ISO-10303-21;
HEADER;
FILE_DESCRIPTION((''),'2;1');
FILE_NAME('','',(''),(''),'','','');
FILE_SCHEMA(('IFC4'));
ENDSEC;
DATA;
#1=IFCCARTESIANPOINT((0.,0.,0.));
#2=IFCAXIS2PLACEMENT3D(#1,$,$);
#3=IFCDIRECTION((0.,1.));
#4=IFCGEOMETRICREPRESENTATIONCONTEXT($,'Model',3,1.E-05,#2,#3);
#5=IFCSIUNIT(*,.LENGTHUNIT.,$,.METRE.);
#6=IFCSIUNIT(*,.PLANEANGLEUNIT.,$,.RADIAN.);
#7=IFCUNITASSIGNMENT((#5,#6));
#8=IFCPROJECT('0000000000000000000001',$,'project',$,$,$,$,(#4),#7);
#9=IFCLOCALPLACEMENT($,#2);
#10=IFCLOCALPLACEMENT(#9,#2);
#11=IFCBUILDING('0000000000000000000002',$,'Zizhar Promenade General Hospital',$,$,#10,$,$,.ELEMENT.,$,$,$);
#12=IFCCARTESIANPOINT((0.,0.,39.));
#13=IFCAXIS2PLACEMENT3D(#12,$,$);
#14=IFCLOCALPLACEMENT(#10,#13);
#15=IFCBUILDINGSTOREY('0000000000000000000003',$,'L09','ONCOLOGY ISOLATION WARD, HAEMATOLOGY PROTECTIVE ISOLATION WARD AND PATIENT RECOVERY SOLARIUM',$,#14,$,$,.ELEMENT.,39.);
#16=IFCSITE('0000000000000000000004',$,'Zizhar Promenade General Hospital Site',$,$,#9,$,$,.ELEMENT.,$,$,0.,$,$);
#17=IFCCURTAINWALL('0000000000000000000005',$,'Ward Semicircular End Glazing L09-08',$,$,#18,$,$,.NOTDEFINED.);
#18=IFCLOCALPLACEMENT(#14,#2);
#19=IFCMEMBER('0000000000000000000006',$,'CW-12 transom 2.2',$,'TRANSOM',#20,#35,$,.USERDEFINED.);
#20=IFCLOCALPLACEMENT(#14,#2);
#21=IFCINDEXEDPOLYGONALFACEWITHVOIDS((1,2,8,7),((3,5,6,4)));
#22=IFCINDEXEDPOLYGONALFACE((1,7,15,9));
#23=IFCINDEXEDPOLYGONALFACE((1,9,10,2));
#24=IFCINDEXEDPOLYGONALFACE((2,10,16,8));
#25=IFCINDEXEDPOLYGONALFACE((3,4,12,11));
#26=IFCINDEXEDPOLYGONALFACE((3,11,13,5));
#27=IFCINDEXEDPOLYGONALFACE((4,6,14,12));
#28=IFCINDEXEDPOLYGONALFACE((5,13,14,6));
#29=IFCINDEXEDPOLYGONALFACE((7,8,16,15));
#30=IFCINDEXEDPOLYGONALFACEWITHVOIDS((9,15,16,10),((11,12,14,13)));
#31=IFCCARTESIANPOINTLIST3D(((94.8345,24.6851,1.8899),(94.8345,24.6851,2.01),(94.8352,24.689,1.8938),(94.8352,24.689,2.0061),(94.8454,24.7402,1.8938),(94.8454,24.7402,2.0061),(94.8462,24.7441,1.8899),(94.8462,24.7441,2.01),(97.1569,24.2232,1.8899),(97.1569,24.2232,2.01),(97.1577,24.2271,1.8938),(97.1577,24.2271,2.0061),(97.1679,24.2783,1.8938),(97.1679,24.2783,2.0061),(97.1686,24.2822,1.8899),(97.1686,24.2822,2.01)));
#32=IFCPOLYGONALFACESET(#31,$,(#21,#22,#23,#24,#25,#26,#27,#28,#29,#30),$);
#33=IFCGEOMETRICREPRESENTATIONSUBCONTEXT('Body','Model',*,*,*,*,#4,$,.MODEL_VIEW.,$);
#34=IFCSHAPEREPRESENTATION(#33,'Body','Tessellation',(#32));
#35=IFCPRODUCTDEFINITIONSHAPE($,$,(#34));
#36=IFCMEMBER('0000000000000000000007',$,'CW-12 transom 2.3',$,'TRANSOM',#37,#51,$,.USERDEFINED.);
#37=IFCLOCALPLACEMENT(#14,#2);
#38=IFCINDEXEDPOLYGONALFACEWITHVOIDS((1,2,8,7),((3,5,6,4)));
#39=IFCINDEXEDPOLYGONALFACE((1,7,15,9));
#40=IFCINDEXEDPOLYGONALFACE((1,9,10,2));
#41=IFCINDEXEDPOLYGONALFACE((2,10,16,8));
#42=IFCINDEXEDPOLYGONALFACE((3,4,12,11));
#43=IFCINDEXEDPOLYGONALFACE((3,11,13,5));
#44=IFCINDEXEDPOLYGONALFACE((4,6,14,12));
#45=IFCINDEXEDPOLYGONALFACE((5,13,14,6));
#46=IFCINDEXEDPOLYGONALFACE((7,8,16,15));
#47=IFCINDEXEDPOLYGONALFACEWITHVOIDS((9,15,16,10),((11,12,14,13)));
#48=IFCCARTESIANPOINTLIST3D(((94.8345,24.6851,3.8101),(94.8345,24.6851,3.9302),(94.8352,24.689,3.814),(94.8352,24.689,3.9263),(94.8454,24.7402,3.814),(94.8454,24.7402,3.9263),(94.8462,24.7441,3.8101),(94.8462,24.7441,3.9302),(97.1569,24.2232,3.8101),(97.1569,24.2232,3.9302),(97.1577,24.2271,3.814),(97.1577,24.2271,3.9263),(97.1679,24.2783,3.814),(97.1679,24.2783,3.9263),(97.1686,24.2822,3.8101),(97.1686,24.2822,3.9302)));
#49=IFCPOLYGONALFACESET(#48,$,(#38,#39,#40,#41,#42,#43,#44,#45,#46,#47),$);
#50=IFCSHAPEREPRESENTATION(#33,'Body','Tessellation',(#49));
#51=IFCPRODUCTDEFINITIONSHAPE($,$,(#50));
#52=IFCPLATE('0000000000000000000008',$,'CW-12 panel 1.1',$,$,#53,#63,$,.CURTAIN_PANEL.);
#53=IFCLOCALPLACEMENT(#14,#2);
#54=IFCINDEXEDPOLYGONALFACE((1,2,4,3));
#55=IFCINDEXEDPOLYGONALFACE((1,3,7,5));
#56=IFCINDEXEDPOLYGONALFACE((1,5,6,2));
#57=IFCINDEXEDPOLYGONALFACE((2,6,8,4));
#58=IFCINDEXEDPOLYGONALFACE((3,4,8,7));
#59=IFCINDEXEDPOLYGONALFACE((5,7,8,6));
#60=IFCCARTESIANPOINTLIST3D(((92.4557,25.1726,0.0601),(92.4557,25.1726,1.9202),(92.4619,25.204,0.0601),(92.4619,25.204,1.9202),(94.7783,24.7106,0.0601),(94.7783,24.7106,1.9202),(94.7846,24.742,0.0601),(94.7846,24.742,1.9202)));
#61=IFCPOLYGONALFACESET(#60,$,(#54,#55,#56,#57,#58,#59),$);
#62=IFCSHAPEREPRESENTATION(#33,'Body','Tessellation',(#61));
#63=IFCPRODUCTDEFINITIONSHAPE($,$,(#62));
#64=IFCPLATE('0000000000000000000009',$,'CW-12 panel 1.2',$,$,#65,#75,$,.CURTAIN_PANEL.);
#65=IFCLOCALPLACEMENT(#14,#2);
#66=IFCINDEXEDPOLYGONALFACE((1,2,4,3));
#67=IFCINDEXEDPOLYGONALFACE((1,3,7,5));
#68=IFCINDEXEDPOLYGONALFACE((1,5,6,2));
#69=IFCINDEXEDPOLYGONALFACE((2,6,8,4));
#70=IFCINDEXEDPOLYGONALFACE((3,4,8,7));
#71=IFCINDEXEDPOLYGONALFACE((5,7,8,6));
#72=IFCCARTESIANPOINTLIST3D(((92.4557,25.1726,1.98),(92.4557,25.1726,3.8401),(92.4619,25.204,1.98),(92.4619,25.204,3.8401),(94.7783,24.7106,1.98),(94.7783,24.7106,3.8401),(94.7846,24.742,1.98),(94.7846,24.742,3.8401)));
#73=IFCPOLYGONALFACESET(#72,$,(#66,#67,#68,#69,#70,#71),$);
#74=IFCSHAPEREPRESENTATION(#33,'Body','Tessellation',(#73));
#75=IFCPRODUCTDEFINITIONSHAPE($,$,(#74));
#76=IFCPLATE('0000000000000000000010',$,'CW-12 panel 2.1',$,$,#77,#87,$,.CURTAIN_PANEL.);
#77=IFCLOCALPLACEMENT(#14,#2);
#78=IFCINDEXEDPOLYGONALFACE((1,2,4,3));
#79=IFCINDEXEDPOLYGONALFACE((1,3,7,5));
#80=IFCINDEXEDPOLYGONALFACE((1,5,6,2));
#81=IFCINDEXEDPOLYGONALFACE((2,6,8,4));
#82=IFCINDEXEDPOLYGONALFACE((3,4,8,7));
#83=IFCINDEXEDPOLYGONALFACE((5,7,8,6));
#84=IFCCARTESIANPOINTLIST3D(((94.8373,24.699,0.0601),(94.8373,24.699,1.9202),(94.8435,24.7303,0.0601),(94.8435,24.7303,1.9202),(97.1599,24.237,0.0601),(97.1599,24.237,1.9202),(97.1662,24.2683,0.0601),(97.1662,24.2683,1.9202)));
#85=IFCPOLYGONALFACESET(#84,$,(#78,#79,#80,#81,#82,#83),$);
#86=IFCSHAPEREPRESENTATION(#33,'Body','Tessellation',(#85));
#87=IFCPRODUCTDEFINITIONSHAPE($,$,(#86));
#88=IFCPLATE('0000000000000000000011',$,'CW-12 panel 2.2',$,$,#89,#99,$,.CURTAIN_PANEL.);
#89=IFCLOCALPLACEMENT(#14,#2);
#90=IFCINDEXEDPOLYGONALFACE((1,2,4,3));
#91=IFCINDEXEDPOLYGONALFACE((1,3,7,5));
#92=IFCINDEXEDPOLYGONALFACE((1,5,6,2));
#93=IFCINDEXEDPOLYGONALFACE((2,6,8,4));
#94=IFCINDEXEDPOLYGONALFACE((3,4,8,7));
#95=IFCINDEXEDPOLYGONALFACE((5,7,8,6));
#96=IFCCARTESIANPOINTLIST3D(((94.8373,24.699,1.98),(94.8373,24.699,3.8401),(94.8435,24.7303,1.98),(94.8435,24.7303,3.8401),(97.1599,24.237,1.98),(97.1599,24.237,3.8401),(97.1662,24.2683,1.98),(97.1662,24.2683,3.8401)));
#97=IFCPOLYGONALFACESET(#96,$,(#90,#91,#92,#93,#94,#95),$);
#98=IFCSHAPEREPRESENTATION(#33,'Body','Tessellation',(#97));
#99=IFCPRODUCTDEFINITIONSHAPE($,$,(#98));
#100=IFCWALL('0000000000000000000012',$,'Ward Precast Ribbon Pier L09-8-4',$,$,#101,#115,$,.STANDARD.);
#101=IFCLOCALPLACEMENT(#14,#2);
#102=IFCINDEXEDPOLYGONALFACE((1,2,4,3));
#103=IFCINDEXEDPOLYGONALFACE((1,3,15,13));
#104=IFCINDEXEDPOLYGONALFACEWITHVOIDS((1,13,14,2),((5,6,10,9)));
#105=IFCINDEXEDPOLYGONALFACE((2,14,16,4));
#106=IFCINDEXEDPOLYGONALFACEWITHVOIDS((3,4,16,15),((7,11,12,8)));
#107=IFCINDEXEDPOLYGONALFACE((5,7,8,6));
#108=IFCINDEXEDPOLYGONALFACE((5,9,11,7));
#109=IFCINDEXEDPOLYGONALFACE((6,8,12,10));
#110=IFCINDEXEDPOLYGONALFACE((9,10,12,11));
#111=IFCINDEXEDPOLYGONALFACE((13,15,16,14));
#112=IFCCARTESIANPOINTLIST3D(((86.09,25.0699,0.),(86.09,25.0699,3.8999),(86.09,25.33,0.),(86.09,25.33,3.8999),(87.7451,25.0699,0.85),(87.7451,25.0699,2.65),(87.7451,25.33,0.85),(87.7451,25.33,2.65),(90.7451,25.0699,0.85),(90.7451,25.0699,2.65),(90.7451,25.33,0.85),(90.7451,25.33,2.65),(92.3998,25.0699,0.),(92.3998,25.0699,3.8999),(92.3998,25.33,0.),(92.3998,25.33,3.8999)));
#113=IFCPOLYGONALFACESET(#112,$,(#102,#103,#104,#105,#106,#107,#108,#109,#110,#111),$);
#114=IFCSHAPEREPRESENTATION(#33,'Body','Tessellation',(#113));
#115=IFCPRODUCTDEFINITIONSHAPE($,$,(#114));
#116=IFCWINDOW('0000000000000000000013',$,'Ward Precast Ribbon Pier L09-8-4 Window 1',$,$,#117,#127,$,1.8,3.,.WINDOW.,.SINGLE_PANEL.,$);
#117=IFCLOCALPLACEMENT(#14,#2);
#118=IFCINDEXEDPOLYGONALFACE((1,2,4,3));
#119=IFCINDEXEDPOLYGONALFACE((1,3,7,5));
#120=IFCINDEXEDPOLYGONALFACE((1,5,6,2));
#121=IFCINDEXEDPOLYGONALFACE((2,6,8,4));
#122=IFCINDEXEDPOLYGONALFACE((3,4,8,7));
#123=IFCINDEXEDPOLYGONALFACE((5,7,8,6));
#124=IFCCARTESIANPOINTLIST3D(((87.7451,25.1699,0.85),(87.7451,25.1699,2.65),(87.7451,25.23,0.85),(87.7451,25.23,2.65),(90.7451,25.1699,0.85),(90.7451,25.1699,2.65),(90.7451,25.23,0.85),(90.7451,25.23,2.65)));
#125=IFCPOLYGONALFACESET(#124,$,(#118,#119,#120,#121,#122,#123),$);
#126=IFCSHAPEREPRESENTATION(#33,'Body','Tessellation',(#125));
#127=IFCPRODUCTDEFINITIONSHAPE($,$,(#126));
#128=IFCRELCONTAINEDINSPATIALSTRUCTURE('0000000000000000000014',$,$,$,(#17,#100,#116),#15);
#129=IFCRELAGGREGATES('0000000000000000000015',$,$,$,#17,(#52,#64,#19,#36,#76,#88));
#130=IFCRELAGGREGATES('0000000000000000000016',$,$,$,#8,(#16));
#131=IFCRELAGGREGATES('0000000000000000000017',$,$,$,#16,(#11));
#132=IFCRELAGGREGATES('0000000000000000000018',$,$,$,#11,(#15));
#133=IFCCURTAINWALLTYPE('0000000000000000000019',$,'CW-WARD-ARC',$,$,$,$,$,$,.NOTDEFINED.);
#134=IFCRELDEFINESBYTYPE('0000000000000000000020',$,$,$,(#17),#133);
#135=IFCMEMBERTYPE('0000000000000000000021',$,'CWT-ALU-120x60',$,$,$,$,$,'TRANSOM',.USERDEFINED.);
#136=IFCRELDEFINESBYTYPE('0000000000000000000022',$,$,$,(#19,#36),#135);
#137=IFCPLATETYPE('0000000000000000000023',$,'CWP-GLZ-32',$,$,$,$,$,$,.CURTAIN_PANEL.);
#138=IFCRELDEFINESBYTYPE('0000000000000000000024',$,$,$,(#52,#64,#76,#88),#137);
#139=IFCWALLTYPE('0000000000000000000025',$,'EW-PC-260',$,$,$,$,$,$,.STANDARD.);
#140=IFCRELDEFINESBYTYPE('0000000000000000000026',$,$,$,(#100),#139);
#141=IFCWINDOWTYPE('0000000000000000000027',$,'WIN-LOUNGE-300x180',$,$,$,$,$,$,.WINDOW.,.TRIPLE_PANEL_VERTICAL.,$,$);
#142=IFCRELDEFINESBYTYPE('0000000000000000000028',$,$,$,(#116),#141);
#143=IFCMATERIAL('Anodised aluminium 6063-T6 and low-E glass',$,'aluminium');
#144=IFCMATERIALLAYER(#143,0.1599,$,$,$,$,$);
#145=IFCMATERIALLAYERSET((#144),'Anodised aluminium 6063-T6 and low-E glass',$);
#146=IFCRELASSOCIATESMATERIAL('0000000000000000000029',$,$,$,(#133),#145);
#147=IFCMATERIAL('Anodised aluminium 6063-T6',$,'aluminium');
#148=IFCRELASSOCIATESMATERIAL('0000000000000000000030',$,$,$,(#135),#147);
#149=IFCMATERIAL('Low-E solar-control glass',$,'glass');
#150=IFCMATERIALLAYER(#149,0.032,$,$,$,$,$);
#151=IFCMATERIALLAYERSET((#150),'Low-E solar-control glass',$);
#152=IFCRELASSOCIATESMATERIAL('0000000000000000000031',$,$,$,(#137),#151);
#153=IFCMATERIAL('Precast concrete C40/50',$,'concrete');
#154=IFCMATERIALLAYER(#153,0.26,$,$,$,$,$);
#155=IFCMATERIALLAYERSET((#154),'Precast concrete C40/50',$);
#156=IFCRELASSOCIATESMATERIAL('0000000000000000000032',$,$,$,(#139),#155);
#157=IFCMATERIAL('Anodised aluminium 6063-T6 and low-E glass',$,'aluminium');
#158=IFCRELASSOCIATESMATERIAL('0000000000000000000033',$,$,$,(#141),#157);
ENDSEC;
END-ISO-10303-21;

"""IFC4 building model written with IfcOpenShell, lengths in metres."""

from ifc_helpers import new_model, si_unit, direction, frame, frame_2d, origin, origin_2d, place, context, subcontext, project, spatial, rectangle, hollow_rectangle, extrude, material, layer, layer_set, material_profile, profile_set, type_object, element, fill, aggregate, save


model = new_model("IFC4")

# Units and contexts
model_context = context("Model", 3, precision=1e-05, world=origin(), true_north=direction((0.0, 1.0)))
body_context = subcontext(model_context, "Body", "Model", "MODEL_VIEW")
ifc_project = project(units=[si_unit("LENGTHUNIT", "METRE"), si_unit("PLANEANGLEUNIT", "RADIAN")], contexts=[model_context])

# Site, building, storey
site_placement = place(None, origin())
site = spatial("IfcSite", under=ifc_project, at=site_placement, Name="Zizhar Promenade General Hospital Site", CompositionType="ELEMENT", RefElevation=0.0)
building_placement = place(site_placement, origin())
building = spatial("IfcBuilding", under=site, at=building_placement, Name="Zizhar Promenade General Hospital", CompositionType="ELEMENT")
storey_placement = place(building_placement, frame((0.0, 0.0, 39.0)))
storey = spatial("IfcBuildingStorey", under=building, at=storey_placement, Name="L09", Description="ONCOLOGY ISOLATION WARD, HAEMATOLOGY PROTECTIVE ISOLATION WARD AND PATIENT RECOVERY SOLARIUM", CompositionType="ELEMENT", Elevation=39.0)

# Shared definitions
ifc_material_1 = material(Name="Anodised aluminium 6063-T6 and low-E glass", Category="aluminium")
ifc_layer_1 = layer(ifc_material_1, 0.1599)
ifc_layer_set_1 = layer_set([ifc_layer_1], Name="Anodised aluminium 6063-T6 and low-E glass")
curtain_wall_type = type_object("IfcCurtainWallType", Name="CW-WARD-ARC", PredefinedType="NOTDEFINED", material=ifc_layer_set_1)

# Curtain wall
curtain_wall_1_placement = place(storey_placement, origin())
curtain_wall_1 = element("IfcCurtainWall", 1, at=curtain_wall_1_placement, inside=storey, type_object=curtain_wall_type, Name="Ward Semicircular End Glazing L09-08", PredefinedType="NOTDEFINED")

# Members
ifc_material_2 = material(Name="Anodised aluminium 6063-T6", Category="aluminium")
ifc_material_profile_1 = material_profile(ifc_material_2, hollow_rectangle(XDim=0.0601, YDim=0.1201, WallThickness=0.0039, at=origin_2d()))
ifc_profile_set_1 = profile_set([ifc_material_profile_1], Name="Anodised aluminium 6063-T6")
member_type_1 = type_object("IfcMemberType", Name="CWT-ALU-120x60", ElementType="TRANSOM", PredefinedType="USERDEFINED", material=ifc_profile_set_1)
member_1_placement = place(storey_placement, frame((94.8403, 24.7146, 1.95), z_axis=(0.98079, -0.195065, 0.0), x_axis=(0.195065, 0.98079, 0.0)))
member_1 = element("IfcMember", 2, at=member_1_placement, type_object=member_type_1, Name="CW-12 transom 2.2", ObjectType="TRANSOM", PredefinedType="USERDEFINED", context=body_context, shape_type="SweptSolid", body=[
    extrude(hollow_rectangle(XDim=0.0601, YDim=0.1201, WallThickness=0.0039, at=origin_2d()), origin(), (0.0, 0.0, 1.0), 2.3679),
])
member_2_placement = place(storey_placement, frame((94.8403, 24.7146, 3.8701), z_axis=(0.98079, -0.195065, 0.0), x_axis=(0.195065, 0.98079, 0.0)))
member_2 = element("IfcMember", 3, at=member_2_placement, type_object=member_type_1, Name="CW-12 transom 2.3", ObjectType="TRANSOM", PredefinedType="USERDEFINED", context=body_context, shape_type="SweptSolid", body=[
    extrude(hollow_rectangle(XDim=0.0601, YDim=0.1201, WallThickness=0.0039, at=origin_2d()), origin(), (0.0, 0.0, 1.0), 2.3679),
])

# Plates
ifc_material_3 = material(Name="Low-E solar-control glass", Category="glass")
ifc_layer_2 = layer(ifc_material_3, 0.032)
ifc_layer_set_2 = layer_set([ifc_layer_2], Name="Low-E solar-control glass")
plate_type = type_object("IfcPlateType", Name="CWP-GLZ-32", PredefinedType="CURTAIN_PANEL", material=ifc_layer_set_2)
plate_1_placement = place(storey_placement, frame((93.6201, 24.9573, 0.0601), z_axis=(0.0, 0.0, 1.0), x_axis=(0.980786, -0.195087, 0.0)))
plate_1 = element("IfcPlate", 4, at=plate_1_placement, type_object=plate_type, Name="CW-12 panel 1.1", PredefinedType="CURTAIN_PANEL", context=body_context, shape_type="SweptSolid", body=[
    extrude(rectangle(XDim=2.3682, YDim=0.032, at=origin_2d()), origin(), (0.0, 0.0, 1.0), 1.8601),
])
plate_2_placement = place(storey_placement, frame((93.6201, 24.9573, 1.98), z_axis=(0.0, 0.0, 1.0), x_axis=(0.980786, -0.195087, 0.0)))
plate_2 = element("IfcPlate", 5, at=plate_2_placement, type_object=plate_type, Name="CW-12 panel 1.2", PredefinedType="CURTAIN_PANEL", context=body_context, shape_type="SweptSolid", body=[
    extrude(rectangle(XDim=2.3682, YDim=0.032, at=origin_2d()), origin(), (0.0, 0.0, 1.0), 1.8601),
])
plate_3_placement = place(storey_placement, frame((96.0017, 24.4836, 0.0601), z_axis=(0.0, 0.0, 1.0), x_axis=(0.980786, -0.195087, 0.0)))
plate_3 = element("IfcPlate", 6, at=plate_3_placement, type_object=plate_type, Name="CW-12 panel 2.1", PredefinedType="CURTAIN_PANEL", context=body_context, shape_type="SweptSolid", body=[
    extrude(rectangle(XDim=2.3682, YDim=0.032, at=origin_2d()), origin(), (0.0, 0.0, 1.0), 1.8601),
])
plate_4_placement = place(storey_placement, frame((96.0017, 24.4836, 1.98), z_axis=(0.0, 0.0, 1.0), x_axis=(0.980786, -0.195087, 0.0)))
plate_4 = element("IfcPlate", 7, at=plate_4_placement, type_object=plate_type, Name="CW-12 panel 2.2", PredefinedType="CURTAIN_PANEL", context=body_context, shape_type="SweptSolid", body=[
    extrude(rectangle(XDim=2.3682, YDim=0.032, at=origin_2d()), origin(), (0.0, 0.0, 1.0), 1.8601),
])
aggregate(curtain_wall_1, [plate_1, plate_2, member_1, member_2, plate_3, plate_4])

# Wall, opening, window
ifc_material_4 = material(Name="Precast concrete C40/50", Category="concrete")
ifc_layer_3 = layer(ifc_material_4, 0.26)
ifc_layer_set_3 = layer_set([ifc_layer_3], Name="Precast concrete C40/50")
wall_type = type_object("IfcWallType", Name="EW-PC-260", PredefinedType="STANDARD", material=ifc_layer_set_3)
wall_placement = place(storey_placement, frame((86.0901, 25.2, 0.0), z_axis=(0.0, 0.0, 1.0), x_axis=(1.0, 0.0, 0.0)))
wall = element("IfcWall", 8, at=wall_placement, inside=storey, type_object=wall_type, Name="Ward Precast Ribbon Pier L09-8-4", PredefinedType="STANDARD", context=body_context, shape_type="SweptSolid", body=[
    extrude(rectangle(XDim=6.3098, YDim=0.26, at=frame_2d((3.1548, 0.0))), origin(), (0.0, 0.0, 1.0), 3.8999),
])
opening_placement = place(wall_placement, frame((1.655, 0.0, 0.8501)))
opening = element("IfcOpeningElement", 9, at=opening_placement, cuts=wall, PredefinedType="OPENING", context=body_context, shape_type="SweptSolid", body=[
    extrude(rectangle(XDim=3.0, YDim=1.8, at=frame_2d((1.5, 0.8999))), frame((0.0, 0.1401, 0.0), z_axis=(0.0, -1.0, 0.0), x_axis=(1.0, 0.0, 0.0)), (0.0, 0.0, 1.0), 0.28),
])
ifc_material_5 = material(Name="Anodised aluminium 6063-T6 and low-E glass", Category="aluminium")
window_type = type_object("IfcWindowType", Name="WIN-LOUNGE-300x180", PartitioningType="TRIPLE_PANEL_VERTICAL", PredefinedType="WINDOW", material=ifc_material_5)
window_placement = place(opening_placement, origin())
window = element("IfcWindow", 10, at=window_placement, inside=storey, type_object=window_type, Name="Ward Precast Ribbon Pier L09-8-4 Window 1", OverallHeight=1.8, OverallWidth=3.0, PartitioningType="SINGLE_PANEL", PredefinedType="WINDOW", context=body_context, shape_type="SweptSolid", body=[
    extrude(rectangle(XDim=3.0, YDim=1.8, at=frame_2d((1.5, 0.8999))), frame((0.0, 0.03, 0.0), z_axis=(0.0, -1.0, 0.0), x_axis=(1.0, 0.0, 0.0)), (0.0, 0.0, 1.0), 0.0601),
])
fill(opening, window)

save(model, "model.ifc")
